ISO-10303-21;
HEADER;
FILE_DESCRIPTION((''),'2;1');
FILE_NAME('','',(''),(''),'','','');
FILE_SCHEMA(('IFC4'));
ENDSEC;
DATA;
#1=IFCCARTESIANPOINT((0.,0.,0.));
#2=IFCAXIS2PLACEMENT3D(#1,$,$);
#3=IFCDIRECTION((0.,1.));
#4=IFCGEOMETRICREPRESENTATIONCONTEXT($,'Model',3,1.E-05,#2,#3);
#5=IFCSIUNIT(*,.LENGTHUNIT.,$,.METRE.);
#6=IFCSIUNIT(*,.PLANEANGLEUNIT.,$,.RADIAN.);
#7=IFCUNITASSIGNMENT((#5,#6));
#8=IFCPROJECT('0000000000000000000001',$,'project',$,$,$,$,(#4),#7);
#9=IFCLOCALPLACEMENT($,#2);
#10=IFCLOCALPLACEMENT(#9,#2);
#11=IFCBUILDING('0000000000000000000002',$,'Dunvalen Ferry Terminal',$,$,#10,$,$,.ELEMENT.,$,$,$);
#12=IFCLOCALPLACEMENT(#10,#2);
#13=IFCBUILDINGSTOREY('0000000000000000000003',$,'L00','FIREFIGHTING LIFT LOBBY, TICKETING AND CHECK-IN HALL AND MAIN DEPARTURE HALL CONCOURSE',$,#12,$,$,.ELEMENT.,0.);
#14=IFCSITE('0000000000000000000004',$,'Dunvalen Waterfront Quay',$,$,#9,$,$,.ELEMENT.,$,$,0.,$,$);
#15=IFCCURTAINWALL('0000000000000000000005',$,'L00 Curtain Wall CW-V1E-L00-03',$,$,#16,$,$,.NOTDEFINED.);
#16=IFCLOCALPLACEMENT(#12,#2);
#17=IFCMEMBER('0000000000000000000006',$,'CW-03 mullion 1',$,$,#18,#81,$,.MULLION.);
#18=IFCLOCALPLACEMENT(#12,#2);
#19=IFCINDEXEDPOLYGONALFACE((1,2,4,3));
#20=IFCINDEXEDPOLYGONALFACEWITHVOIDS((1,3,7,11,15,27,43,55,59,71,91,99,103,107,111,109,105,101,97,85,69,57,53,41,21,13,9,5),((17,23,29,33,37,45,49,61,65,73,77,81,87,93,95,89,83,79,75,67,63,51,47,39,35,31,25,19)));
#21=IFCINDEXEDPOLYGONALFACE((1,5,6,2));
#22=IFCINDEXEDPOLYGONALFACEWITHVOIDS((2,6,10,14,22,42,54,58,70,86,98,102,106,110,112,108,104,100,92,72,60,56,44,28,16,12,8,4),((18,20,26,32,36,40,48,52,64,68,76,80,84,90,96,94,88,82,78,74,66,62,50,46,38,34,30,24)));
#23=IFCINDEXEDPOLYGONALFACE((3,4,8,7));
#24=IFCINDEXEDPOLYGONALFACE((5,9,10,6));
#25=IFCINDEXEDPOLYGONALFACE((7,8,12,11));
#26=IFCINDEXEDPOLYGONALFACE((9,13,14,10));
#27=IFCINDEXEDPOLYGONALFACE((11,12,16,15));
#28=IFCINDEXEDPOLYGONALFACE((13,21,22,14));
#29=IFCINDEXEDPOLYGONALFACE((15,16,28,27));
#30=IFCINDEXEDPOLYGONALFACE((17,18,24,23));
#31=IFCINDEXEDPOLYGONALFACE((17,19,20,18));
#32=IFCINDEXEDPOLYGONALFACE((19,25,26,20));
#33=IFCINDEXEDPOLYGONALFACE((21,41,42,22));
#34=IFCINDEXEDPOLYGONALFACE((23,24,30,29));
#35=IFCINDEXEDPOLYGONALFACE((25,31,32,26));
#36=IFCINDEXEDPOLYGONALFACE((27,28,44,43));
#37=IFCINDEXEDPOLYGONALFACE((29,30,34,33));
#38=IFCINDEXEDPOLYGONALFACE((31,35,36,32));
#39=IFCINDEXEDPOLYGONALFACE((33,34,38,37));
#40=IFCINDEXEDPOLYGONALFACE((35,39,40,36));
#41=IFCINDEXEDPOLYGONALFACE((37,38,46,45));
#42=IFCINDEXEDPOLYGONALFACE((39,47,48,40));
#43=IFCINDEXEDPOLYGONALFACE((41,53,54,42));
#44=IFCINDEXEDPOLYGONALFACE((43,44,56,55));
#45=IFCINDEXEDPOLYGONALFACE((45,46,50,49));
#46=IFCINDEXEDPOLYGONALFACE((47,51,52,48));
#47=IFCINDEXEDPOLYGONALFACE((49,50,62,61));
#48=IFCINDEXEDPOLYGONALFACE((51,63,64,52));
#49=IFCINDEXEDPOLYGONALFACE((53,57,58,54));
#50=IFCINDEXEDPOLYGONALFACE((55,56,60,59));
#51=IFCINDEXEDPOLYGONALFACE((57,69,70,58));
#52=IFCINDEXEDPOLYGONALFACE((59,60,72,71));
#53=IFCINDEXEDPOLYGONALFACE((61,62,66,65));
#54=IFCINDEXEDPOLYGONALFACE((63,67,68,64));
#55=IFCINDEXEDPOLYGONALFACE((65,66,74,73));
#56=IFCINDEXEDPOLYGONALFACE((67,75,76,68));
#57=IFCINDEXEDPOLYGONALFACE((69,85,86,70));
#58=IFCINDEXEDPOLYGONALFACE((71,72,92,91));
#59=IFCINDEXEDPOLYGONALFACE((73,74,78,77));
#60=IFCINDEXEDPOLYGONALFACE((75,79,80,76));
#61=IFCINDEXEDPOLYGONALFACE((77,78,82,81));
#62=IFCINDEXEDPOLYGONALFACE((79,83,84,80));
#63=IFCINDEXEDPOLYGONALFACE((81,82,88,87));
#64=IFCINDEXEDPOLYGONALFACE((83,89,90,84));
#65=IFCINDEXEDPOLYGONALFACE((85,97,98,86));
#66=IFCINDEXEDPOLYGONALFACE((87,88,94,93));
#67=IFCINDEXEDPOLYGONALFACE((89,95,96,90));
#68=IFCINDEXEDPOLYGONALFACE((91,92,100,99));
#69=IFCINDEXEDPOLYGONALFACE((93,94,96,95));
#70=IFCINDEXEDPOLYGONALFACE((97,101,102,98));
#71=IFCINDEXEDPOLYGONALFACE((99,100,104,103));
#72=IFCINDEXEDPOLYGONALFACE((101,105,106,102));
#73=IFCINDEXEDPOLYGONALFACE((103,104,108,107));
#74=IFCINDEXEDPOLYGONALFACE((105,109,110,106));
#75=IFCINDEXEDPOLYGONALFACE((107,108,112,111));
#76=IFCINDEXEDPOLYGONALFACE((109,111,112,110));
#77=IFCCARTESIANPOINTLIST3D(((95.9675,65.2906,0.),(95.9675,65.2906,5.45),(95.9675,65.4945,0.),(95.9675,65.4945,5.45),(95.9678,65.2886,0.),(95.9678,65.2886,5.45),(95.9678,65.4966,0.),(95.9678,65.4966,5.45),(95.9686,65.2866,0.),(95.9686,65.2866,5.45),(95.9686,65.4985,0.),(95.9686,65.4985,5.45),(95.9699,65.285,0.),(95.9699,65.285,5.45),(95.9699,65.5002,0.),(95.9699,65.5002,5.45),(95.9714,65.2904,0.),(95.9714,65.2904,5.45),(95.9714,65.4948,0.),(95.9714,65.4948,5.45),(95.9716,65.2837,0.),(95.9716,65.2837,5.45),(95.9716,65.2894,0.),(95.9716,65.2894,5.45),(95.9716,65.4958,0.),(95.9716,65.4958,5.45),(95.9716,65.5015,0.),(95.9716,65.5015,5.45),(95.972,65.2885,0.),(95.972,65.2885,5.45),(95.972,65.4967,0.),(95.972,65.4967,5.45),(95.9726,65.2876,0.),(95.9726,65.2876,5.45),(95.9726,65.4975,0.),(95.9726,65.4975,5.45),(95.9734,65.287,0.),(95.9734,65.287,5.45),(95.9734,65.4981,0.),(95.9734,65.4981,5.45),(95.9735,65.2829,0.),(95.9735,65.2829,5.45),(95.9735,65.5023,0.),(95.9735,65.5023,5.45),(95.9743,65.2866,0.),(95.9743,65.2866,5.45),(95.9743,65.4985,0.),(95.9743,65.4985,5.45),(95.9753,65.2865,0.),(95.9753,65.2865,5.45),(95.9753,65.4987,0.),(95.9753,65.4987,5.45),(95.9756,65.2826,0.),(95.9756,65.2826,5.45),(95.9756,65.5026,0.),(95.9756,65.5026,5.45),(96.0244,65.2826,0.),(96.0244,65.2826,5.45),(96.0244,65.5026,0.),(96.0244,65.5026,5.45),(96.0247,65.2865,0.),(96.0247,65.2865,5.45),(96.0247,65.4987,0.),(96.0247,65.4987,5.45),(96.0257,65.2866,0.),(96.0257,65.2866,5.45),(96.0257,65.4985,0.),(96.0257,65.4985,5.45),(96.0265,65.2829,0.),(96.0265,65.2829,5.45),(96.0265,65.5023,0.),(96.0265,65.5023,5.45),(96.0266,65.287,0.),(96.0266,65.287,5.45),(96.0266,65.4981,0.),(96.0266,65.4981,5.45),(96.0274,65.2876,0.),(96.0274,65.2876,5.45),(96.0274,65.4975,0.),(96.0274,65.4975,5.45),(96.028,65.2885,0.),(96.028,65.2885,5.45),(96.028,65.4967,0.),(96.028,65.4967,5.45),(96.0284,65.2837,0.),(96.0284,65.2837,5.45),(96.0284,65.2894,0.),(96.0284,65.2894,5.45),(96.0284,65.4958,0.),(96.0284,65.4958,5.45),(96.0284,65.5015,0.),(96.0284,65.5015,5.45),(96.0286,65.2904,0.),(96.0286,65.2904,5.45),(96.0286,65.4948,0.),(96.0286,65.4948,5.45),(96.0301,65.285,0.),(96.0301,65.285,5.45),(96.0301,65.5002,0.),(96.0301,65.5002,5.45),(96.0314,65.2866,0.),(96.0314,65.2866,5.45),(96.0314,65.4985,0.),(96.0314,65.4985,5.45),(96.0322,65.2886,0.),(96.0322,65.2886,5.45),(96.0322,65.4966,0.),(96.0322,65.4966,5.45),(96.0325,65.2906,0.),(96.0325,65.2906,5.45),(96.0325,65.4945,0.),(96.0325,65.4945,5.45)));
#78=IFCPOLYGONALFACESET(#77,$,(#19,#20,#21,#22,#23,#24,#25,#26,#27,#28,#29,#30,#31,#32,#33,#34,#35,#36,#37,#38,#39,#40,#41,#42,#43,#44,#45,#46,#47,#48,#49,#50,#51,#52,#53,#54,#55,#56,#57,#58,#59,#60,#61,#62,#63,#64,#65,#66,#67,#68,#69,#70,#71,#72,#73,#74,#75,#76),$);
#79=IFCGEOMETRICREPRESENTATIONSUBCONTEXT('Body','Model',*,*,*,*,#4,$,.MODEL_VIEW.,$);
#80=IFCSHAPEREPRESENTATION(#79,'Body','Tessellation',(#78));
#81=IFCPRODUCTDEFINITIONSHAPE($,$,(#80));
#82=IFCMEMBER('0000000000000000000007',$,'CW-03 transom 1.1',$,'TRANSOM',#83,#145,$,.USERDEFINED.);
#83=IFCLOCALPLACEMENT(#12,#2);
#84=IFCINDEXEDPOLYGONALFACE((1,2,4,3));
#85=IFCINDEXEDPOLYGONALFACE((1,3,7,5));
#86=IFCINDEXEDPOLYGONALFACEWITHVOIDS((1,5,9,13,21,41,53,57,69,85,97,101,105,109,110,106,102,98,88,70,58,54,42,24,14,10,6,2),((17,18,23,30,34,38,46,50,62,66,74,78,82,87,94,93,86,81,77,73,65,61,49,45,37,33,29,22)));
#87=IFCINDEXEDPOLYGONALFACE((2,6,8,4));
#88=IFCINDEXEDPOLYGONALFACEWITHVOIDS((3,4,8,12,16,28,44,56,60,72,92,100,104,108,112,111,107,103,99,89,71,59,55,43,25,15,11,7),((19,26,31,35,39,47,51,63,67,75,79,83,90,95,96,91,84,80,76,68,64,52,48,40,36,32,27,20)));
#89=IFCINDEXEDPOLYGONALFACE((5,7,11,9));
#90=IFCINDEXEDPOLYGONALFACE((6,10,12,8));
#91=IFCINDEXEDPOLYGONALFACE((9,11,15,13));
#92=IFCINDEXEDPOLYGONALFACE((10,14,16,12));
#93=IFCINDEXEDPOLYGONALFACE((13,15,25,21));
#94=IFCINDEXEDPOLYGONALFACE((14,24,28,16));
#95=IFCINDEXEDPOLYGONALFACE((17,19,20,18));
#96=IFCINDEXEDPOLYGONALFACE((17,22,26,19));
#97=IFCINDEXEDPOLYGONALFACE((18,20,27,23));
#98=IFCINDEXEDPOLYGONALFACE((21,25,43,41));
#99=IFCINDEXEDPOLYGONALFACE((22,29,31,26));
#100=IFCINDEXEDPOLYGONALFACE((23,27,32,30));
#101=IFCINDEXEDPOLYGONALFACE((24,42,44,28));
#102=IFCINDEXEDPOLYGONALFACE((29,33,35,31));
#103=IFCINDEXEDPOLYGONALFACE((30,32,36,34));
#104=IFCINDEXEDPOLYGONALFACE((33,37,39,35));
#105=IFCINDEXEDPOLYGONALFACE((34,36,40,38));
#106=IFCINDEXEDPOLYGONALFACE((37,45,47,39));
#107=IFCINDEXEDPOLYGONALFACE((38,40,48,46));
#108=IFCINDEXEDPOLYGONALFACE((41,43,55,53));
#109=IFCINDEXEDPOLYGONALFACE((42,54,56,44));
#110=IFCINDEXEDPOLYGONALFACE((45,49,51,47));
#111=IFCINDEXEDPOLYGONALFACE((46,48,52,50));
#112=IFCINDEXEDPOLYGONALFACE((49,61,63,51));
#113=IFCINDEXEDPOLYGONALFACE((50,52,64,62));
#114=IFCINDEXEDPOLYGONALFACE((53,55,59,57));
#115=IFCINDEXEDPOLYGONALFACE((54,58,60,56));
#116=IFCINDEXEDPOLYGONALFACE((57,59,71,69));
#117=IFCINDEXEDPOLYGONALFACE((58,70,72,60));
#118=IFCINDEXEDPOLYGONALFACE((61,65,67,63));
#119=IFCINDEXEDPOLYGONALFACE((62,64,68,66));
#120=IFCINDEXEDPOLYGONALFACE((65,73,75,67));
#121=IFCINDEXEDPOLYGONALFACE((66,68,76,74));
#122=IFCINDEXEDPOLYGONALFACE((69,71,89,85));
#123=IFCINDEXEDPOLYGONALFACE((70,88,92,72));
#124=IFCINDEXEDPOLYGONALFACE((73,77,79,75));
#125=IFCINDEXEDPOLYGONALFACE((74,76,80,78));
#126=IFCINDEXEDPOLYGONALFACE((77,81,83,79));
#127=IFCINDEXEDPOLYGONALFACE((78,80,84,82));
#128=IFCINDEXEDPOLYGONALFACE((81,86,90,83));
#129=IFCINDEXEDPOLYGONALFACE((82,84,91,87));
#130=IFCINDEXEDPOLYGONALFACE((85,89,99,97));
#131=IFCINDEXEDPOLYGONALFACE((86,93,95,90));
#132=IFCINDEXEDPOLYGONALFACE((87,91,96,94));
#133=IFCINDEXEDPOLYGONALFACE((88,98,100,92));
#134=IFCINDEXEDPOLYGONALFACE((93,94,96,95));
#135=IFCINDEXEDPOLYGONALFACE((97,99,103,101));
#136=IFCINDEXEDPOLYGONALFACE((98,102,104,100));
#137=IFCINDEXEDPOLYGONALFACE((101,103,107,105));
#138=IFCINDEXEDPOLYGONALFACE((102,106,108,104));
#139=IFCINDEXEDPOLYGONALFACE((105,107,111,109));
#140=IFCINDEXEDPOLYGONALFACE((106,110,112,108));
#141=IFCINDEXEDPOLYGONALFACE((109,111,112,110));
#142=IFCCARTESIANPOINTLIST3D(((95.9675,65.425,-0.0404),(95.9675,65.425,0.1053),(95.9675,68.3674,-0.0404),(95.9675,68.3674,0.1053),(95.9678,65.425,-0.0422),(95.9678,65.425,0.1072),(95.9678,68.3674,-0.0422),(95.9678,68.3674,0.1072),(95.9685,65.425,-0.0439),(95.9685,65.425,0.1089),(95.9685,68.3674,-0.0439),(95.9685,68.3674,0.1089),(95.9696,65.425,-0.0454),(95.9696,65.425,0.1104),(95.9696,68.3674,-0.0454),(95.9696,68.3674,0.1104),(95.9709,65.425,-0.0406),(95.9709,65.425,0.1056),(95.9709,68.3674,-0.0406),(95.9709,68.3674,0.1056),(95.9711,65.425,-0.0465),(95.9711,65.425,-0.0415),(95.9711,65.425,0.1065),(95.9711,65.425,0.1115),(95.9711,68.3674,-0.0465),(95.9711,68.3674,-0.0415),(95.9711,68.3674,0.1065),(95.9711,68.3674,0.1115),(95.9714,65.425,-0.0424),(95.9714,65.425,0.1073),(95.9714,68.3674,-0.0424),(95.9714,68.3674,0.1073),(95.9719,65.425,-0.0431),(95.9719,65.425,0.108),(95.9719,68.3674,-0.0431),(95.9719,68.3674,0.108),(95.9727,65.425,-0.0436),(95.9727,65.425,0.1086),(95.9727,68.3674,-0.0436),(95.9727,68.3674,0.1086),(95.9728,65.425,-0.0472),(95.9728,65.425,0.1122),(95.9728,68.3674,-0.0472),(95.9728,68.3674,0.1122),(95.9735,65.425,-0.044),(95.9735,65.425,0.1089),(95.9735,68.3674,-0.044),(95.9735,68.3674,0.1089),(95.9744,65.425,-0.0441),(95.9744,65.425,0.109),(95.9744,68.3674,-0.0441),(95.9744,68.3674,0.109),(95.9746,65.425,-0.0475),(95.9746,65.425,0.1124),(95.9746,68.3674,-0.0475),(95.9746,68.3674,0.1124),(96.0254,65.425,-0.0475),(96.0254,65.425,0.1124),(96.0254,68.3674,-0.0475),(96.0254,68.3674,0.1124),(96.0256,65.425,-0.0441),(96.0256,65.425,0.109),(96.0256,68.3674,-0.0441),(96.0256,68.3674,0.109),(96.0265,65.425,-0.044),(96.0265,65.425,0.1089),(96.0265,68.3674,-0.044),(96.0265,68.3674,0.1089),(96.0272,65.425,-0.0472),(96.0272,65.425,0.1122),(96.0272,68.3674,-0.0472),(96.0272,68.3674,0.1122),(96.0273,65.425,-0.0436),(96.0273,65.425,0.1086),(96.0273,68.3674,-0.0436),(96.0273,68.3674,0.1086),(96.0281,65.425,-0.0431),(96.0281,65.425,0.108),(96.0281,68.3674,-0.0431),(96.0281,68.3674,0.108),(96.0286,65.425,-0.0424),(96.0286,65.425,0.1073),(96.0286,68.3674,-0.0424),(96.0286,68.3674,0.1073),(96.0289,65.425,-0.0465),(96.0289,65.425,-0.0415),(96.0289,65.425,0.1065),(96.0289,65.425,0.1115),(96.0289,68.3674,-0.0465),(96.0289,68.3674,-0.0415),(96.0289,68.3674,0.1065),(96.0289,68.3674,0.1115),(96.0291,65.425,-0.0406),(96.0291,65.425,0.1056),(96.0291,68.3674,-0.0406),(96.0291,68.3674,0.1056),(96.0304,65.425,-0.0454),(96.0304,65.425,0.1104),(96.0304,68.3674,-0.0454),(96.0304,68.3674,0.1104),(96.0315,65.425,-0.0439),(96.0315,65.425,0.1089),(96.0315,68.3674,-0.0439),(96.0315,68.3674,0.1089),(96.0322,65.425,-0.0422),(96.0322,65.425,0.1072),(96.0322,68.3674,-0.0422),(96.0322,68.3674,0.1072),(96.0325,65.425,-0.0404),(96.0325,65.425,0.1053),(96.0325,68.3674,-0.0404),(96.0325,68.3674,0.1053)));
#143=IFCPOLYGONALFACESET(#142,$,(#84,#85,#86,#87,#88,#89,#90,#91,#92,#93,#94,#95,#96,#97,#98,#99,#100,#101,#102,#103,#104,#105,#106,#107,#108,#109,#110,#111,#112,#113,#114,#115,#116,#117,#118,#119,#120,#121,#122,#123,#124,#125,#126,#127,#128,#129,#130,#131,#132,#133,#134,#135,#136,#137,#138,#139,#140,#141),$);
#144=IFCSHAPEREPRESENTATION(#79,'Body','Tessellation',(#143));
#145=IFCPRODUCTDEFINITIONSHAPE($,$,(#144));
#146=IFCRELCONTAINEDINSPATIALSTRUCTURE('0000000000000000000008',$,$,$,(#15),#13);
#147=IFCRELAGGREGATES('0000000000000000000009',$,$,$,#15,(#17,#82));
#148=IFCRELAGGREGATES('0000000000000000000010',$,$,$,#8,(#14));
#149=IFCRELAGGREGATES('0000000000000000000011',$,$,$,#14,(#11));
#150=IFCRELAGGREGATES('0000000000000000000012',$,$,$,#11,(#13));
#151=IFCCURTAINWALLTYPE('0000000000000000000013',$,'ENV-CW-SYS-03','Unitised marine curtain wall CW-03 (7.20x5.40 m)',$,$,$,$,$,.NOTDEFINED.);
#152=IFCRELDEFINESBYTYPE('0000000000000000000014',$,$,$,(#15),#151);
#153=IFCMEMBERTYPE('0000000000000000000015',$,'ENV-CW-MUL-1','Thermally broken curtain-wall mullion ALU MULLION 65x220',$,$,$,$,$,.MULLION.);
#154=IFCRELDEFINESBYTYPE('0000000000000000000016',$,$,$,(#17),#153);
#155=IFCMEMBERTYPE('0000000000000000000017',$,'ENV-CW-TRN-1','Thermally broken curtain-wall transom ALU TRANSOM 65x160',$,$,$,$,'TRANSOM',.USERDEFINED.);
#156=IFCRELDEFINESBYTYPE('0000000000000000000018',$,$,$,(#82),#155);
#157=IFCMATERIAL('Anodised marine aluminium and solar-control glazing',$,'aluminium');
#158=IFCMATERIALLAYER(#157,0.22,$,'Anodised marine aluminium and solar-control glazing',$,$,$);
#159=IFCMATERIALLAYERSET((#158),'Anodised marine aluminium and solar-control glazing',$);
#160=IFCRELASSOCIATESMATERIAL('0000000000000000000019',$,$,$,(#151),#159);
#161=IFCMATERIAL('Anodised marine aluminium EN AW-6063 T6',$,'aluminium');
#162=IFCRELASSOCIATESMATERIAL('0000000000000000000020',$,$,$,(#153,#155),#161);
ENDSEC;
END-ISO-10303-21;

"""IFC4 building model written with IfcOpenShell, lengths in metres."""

from ifc_helpers import new_model, si_unit, direction, frame, origin, origin_2d, place, context, subcontext, project, spatial, hollow_rectangle, extrude, material, layer, layer_set, material_profile, profile_set, type_object, element, aggregate, save


model = new_model("IFC4")

# Units and contexts
model_context = context("Model", 3, precision=1e-05, world=origin(), true_north=direction((0.0, 1.0)))
body_context = subcontext(model_context, "Body", "Model", "MODEL_VIEW")
ifc_project = project(units=[si_unit("LENGTHUNIT", "METRE"), si_unit("PLANEANGLEUNIT", "RADIAN")], contexts=[model_context])

# Site, building, storey
site_placement = place(None, origin())
site = spatial("IfcSite", under=ifc_project, at=site_placement, Name="Dunvalen Waterfront Quay", CompositionType="ELEMENT", RefElevation=0.0)
building_placement = place(site_placement, origin())
building = spatial("IfcBuilding", under=site, at=building_placement, Name="Dunvalen Ferry Terminal", CompositionType="ELEMENT")
storey_placement = place(building_placement, origin())
storey = spatial("IfcBuildingStorey", under=building, at=storey_placement, Name="L00", Description="FIREFIGHTING LIFT LOBBY, TICKETING AND CHECK-IN HALL AND MAIN DEPARTURE HALL CONCOURSE", CompositionType="ELEMENT", Elevation=0.0)

# Curtain wall, members
ifc_material_1 = material(Name="Anodised marine aluminium and solar-control glazing", Category="aluminium")
ifc_layer_1 = layer(ifc_material_1, 0.22, Name="Anodised marine aluminium and solar-control glazing")
ifc_layer_set_1 = layer_set([ifc_layer_1], Name="Anodised marine aluminium and solar-control glazing")
curtain_wall_type = type_object("IfcCurtainWallType", Name="ENV-CW-SYS-03", Description="Unitised marine curtain wall CW-03 (7.20x5.40 m)", PredefinedType="NOTDEFINED", material=ifc_layer_set_1)
curtain_wall_placement = place(storey_placement, origin())
curtain_wall = element("IfcCurtainWall", 1, at=curtain_wall_placement, inside=storey, type_object=curtain_wall_type, Name="L00 Curtain Wall CW-V1E-L00-03", PredefinedType="NOTDEFINED")
ifc_material_2 = material(Name="Anodised marine aluminium EN AW-6063 T6", Category="aluminium")
ifc_material_profile_1 = material_profile(ifc_material_2, hollow_rectangle(XDim=0.0649, YDim=0.22, WallThickness=0.0039, InnerFilletRadius=0.0039, OuterFilletRadius=0.0081, at=origin_2d()), Name="Anodised marine aluminium EN AW-6063 T6")
ifc_profile_set_1 = profile_set([ifc_material_profile_1], Name="Anodised marine aluminium EN AW-6063 T6")
member_type_1 = type_object("IfcMemberType", Name="ENV-CW-MUL-1", Description="Thermally broken curtain-wall mullion ALU MULLION 65x220", PredefinedType="MULLION", material=ifc_profile_set_1)
member_1_placement = place(storey_placement, frame((96.0, 65.3926, 0.0), z_axis=(0.0, 0.0, 1.0), x_axis=(-1.0, 0.0, 0.0)))
member_1 = element("IfcMember", 2, at=member_1_placement, type_object=member_type_1, Name="CW-03 mullion 1", PredefinedType="MULLION", context=body_context, shape_type="SweptSolid", body=[
    extrude(hollow_rectangle(XDim=0.0649, YDim=0.22, WallThickness=0.0039, InnerFilletRadius=0.0039, OuterFilletRadius=0.0081, at=origin_2d()), origin(), (0.0, 0.0, 1.0), 5.45),
])
ifc_material_profile_2 = material_profile(ifc_material_2, hollow_rectangle(XDim=0.0649, YDim=0.1599, WallThickness=0.0034, InnerFilletRadius=0.0034, OuterFilletRadius=0.0071, at=origin_2d()), Name="Anodised marine aluminium EN AW-6063 T6")
ifc_profile_set_2 = profile_set([ifc_material_profile_2], Name="Anodised marine aluminium EN AW-6063 T6")
member_type_2 = type_object("IfcMemberType", Name="ENV-CW-TRN-1", Description="Thermally broken curtain-wall transom ALU TRANSOM 65x160", ElementType="TRANSOM", PredefinedType="USERDEFINED", material=ifc_profile_set_2)
member_2_placement = place(storey_placement, frame((96.0, 65.425, 0.0325), z_axis=(0.0, 1.0, 0.0), x_axis=(-1.0, 0.0, 0.0)))
member_2 = element("IfcMember", 3, at=member_2_placement, type_object=member_type_2, Name="CW-03 transom 1.1", ObjectType="TRANSOM", PredefinedType="USERDEFINED", context=body_context, shape_type="SweptSolid", body=[
    extrude(hollow_rectangle(XDim=0.0649, YDim=0.1599, WallThickness=0.0034, InnerFilletRadius=0.0034, OuterFilletRadius=0.0071, at=origin_2d()), origin(), (0.0, 0.0, 1.0), 2.9424),
])
aggregate(curtain_wall, [member_1, member_2])

save(model, "model.ifc")
